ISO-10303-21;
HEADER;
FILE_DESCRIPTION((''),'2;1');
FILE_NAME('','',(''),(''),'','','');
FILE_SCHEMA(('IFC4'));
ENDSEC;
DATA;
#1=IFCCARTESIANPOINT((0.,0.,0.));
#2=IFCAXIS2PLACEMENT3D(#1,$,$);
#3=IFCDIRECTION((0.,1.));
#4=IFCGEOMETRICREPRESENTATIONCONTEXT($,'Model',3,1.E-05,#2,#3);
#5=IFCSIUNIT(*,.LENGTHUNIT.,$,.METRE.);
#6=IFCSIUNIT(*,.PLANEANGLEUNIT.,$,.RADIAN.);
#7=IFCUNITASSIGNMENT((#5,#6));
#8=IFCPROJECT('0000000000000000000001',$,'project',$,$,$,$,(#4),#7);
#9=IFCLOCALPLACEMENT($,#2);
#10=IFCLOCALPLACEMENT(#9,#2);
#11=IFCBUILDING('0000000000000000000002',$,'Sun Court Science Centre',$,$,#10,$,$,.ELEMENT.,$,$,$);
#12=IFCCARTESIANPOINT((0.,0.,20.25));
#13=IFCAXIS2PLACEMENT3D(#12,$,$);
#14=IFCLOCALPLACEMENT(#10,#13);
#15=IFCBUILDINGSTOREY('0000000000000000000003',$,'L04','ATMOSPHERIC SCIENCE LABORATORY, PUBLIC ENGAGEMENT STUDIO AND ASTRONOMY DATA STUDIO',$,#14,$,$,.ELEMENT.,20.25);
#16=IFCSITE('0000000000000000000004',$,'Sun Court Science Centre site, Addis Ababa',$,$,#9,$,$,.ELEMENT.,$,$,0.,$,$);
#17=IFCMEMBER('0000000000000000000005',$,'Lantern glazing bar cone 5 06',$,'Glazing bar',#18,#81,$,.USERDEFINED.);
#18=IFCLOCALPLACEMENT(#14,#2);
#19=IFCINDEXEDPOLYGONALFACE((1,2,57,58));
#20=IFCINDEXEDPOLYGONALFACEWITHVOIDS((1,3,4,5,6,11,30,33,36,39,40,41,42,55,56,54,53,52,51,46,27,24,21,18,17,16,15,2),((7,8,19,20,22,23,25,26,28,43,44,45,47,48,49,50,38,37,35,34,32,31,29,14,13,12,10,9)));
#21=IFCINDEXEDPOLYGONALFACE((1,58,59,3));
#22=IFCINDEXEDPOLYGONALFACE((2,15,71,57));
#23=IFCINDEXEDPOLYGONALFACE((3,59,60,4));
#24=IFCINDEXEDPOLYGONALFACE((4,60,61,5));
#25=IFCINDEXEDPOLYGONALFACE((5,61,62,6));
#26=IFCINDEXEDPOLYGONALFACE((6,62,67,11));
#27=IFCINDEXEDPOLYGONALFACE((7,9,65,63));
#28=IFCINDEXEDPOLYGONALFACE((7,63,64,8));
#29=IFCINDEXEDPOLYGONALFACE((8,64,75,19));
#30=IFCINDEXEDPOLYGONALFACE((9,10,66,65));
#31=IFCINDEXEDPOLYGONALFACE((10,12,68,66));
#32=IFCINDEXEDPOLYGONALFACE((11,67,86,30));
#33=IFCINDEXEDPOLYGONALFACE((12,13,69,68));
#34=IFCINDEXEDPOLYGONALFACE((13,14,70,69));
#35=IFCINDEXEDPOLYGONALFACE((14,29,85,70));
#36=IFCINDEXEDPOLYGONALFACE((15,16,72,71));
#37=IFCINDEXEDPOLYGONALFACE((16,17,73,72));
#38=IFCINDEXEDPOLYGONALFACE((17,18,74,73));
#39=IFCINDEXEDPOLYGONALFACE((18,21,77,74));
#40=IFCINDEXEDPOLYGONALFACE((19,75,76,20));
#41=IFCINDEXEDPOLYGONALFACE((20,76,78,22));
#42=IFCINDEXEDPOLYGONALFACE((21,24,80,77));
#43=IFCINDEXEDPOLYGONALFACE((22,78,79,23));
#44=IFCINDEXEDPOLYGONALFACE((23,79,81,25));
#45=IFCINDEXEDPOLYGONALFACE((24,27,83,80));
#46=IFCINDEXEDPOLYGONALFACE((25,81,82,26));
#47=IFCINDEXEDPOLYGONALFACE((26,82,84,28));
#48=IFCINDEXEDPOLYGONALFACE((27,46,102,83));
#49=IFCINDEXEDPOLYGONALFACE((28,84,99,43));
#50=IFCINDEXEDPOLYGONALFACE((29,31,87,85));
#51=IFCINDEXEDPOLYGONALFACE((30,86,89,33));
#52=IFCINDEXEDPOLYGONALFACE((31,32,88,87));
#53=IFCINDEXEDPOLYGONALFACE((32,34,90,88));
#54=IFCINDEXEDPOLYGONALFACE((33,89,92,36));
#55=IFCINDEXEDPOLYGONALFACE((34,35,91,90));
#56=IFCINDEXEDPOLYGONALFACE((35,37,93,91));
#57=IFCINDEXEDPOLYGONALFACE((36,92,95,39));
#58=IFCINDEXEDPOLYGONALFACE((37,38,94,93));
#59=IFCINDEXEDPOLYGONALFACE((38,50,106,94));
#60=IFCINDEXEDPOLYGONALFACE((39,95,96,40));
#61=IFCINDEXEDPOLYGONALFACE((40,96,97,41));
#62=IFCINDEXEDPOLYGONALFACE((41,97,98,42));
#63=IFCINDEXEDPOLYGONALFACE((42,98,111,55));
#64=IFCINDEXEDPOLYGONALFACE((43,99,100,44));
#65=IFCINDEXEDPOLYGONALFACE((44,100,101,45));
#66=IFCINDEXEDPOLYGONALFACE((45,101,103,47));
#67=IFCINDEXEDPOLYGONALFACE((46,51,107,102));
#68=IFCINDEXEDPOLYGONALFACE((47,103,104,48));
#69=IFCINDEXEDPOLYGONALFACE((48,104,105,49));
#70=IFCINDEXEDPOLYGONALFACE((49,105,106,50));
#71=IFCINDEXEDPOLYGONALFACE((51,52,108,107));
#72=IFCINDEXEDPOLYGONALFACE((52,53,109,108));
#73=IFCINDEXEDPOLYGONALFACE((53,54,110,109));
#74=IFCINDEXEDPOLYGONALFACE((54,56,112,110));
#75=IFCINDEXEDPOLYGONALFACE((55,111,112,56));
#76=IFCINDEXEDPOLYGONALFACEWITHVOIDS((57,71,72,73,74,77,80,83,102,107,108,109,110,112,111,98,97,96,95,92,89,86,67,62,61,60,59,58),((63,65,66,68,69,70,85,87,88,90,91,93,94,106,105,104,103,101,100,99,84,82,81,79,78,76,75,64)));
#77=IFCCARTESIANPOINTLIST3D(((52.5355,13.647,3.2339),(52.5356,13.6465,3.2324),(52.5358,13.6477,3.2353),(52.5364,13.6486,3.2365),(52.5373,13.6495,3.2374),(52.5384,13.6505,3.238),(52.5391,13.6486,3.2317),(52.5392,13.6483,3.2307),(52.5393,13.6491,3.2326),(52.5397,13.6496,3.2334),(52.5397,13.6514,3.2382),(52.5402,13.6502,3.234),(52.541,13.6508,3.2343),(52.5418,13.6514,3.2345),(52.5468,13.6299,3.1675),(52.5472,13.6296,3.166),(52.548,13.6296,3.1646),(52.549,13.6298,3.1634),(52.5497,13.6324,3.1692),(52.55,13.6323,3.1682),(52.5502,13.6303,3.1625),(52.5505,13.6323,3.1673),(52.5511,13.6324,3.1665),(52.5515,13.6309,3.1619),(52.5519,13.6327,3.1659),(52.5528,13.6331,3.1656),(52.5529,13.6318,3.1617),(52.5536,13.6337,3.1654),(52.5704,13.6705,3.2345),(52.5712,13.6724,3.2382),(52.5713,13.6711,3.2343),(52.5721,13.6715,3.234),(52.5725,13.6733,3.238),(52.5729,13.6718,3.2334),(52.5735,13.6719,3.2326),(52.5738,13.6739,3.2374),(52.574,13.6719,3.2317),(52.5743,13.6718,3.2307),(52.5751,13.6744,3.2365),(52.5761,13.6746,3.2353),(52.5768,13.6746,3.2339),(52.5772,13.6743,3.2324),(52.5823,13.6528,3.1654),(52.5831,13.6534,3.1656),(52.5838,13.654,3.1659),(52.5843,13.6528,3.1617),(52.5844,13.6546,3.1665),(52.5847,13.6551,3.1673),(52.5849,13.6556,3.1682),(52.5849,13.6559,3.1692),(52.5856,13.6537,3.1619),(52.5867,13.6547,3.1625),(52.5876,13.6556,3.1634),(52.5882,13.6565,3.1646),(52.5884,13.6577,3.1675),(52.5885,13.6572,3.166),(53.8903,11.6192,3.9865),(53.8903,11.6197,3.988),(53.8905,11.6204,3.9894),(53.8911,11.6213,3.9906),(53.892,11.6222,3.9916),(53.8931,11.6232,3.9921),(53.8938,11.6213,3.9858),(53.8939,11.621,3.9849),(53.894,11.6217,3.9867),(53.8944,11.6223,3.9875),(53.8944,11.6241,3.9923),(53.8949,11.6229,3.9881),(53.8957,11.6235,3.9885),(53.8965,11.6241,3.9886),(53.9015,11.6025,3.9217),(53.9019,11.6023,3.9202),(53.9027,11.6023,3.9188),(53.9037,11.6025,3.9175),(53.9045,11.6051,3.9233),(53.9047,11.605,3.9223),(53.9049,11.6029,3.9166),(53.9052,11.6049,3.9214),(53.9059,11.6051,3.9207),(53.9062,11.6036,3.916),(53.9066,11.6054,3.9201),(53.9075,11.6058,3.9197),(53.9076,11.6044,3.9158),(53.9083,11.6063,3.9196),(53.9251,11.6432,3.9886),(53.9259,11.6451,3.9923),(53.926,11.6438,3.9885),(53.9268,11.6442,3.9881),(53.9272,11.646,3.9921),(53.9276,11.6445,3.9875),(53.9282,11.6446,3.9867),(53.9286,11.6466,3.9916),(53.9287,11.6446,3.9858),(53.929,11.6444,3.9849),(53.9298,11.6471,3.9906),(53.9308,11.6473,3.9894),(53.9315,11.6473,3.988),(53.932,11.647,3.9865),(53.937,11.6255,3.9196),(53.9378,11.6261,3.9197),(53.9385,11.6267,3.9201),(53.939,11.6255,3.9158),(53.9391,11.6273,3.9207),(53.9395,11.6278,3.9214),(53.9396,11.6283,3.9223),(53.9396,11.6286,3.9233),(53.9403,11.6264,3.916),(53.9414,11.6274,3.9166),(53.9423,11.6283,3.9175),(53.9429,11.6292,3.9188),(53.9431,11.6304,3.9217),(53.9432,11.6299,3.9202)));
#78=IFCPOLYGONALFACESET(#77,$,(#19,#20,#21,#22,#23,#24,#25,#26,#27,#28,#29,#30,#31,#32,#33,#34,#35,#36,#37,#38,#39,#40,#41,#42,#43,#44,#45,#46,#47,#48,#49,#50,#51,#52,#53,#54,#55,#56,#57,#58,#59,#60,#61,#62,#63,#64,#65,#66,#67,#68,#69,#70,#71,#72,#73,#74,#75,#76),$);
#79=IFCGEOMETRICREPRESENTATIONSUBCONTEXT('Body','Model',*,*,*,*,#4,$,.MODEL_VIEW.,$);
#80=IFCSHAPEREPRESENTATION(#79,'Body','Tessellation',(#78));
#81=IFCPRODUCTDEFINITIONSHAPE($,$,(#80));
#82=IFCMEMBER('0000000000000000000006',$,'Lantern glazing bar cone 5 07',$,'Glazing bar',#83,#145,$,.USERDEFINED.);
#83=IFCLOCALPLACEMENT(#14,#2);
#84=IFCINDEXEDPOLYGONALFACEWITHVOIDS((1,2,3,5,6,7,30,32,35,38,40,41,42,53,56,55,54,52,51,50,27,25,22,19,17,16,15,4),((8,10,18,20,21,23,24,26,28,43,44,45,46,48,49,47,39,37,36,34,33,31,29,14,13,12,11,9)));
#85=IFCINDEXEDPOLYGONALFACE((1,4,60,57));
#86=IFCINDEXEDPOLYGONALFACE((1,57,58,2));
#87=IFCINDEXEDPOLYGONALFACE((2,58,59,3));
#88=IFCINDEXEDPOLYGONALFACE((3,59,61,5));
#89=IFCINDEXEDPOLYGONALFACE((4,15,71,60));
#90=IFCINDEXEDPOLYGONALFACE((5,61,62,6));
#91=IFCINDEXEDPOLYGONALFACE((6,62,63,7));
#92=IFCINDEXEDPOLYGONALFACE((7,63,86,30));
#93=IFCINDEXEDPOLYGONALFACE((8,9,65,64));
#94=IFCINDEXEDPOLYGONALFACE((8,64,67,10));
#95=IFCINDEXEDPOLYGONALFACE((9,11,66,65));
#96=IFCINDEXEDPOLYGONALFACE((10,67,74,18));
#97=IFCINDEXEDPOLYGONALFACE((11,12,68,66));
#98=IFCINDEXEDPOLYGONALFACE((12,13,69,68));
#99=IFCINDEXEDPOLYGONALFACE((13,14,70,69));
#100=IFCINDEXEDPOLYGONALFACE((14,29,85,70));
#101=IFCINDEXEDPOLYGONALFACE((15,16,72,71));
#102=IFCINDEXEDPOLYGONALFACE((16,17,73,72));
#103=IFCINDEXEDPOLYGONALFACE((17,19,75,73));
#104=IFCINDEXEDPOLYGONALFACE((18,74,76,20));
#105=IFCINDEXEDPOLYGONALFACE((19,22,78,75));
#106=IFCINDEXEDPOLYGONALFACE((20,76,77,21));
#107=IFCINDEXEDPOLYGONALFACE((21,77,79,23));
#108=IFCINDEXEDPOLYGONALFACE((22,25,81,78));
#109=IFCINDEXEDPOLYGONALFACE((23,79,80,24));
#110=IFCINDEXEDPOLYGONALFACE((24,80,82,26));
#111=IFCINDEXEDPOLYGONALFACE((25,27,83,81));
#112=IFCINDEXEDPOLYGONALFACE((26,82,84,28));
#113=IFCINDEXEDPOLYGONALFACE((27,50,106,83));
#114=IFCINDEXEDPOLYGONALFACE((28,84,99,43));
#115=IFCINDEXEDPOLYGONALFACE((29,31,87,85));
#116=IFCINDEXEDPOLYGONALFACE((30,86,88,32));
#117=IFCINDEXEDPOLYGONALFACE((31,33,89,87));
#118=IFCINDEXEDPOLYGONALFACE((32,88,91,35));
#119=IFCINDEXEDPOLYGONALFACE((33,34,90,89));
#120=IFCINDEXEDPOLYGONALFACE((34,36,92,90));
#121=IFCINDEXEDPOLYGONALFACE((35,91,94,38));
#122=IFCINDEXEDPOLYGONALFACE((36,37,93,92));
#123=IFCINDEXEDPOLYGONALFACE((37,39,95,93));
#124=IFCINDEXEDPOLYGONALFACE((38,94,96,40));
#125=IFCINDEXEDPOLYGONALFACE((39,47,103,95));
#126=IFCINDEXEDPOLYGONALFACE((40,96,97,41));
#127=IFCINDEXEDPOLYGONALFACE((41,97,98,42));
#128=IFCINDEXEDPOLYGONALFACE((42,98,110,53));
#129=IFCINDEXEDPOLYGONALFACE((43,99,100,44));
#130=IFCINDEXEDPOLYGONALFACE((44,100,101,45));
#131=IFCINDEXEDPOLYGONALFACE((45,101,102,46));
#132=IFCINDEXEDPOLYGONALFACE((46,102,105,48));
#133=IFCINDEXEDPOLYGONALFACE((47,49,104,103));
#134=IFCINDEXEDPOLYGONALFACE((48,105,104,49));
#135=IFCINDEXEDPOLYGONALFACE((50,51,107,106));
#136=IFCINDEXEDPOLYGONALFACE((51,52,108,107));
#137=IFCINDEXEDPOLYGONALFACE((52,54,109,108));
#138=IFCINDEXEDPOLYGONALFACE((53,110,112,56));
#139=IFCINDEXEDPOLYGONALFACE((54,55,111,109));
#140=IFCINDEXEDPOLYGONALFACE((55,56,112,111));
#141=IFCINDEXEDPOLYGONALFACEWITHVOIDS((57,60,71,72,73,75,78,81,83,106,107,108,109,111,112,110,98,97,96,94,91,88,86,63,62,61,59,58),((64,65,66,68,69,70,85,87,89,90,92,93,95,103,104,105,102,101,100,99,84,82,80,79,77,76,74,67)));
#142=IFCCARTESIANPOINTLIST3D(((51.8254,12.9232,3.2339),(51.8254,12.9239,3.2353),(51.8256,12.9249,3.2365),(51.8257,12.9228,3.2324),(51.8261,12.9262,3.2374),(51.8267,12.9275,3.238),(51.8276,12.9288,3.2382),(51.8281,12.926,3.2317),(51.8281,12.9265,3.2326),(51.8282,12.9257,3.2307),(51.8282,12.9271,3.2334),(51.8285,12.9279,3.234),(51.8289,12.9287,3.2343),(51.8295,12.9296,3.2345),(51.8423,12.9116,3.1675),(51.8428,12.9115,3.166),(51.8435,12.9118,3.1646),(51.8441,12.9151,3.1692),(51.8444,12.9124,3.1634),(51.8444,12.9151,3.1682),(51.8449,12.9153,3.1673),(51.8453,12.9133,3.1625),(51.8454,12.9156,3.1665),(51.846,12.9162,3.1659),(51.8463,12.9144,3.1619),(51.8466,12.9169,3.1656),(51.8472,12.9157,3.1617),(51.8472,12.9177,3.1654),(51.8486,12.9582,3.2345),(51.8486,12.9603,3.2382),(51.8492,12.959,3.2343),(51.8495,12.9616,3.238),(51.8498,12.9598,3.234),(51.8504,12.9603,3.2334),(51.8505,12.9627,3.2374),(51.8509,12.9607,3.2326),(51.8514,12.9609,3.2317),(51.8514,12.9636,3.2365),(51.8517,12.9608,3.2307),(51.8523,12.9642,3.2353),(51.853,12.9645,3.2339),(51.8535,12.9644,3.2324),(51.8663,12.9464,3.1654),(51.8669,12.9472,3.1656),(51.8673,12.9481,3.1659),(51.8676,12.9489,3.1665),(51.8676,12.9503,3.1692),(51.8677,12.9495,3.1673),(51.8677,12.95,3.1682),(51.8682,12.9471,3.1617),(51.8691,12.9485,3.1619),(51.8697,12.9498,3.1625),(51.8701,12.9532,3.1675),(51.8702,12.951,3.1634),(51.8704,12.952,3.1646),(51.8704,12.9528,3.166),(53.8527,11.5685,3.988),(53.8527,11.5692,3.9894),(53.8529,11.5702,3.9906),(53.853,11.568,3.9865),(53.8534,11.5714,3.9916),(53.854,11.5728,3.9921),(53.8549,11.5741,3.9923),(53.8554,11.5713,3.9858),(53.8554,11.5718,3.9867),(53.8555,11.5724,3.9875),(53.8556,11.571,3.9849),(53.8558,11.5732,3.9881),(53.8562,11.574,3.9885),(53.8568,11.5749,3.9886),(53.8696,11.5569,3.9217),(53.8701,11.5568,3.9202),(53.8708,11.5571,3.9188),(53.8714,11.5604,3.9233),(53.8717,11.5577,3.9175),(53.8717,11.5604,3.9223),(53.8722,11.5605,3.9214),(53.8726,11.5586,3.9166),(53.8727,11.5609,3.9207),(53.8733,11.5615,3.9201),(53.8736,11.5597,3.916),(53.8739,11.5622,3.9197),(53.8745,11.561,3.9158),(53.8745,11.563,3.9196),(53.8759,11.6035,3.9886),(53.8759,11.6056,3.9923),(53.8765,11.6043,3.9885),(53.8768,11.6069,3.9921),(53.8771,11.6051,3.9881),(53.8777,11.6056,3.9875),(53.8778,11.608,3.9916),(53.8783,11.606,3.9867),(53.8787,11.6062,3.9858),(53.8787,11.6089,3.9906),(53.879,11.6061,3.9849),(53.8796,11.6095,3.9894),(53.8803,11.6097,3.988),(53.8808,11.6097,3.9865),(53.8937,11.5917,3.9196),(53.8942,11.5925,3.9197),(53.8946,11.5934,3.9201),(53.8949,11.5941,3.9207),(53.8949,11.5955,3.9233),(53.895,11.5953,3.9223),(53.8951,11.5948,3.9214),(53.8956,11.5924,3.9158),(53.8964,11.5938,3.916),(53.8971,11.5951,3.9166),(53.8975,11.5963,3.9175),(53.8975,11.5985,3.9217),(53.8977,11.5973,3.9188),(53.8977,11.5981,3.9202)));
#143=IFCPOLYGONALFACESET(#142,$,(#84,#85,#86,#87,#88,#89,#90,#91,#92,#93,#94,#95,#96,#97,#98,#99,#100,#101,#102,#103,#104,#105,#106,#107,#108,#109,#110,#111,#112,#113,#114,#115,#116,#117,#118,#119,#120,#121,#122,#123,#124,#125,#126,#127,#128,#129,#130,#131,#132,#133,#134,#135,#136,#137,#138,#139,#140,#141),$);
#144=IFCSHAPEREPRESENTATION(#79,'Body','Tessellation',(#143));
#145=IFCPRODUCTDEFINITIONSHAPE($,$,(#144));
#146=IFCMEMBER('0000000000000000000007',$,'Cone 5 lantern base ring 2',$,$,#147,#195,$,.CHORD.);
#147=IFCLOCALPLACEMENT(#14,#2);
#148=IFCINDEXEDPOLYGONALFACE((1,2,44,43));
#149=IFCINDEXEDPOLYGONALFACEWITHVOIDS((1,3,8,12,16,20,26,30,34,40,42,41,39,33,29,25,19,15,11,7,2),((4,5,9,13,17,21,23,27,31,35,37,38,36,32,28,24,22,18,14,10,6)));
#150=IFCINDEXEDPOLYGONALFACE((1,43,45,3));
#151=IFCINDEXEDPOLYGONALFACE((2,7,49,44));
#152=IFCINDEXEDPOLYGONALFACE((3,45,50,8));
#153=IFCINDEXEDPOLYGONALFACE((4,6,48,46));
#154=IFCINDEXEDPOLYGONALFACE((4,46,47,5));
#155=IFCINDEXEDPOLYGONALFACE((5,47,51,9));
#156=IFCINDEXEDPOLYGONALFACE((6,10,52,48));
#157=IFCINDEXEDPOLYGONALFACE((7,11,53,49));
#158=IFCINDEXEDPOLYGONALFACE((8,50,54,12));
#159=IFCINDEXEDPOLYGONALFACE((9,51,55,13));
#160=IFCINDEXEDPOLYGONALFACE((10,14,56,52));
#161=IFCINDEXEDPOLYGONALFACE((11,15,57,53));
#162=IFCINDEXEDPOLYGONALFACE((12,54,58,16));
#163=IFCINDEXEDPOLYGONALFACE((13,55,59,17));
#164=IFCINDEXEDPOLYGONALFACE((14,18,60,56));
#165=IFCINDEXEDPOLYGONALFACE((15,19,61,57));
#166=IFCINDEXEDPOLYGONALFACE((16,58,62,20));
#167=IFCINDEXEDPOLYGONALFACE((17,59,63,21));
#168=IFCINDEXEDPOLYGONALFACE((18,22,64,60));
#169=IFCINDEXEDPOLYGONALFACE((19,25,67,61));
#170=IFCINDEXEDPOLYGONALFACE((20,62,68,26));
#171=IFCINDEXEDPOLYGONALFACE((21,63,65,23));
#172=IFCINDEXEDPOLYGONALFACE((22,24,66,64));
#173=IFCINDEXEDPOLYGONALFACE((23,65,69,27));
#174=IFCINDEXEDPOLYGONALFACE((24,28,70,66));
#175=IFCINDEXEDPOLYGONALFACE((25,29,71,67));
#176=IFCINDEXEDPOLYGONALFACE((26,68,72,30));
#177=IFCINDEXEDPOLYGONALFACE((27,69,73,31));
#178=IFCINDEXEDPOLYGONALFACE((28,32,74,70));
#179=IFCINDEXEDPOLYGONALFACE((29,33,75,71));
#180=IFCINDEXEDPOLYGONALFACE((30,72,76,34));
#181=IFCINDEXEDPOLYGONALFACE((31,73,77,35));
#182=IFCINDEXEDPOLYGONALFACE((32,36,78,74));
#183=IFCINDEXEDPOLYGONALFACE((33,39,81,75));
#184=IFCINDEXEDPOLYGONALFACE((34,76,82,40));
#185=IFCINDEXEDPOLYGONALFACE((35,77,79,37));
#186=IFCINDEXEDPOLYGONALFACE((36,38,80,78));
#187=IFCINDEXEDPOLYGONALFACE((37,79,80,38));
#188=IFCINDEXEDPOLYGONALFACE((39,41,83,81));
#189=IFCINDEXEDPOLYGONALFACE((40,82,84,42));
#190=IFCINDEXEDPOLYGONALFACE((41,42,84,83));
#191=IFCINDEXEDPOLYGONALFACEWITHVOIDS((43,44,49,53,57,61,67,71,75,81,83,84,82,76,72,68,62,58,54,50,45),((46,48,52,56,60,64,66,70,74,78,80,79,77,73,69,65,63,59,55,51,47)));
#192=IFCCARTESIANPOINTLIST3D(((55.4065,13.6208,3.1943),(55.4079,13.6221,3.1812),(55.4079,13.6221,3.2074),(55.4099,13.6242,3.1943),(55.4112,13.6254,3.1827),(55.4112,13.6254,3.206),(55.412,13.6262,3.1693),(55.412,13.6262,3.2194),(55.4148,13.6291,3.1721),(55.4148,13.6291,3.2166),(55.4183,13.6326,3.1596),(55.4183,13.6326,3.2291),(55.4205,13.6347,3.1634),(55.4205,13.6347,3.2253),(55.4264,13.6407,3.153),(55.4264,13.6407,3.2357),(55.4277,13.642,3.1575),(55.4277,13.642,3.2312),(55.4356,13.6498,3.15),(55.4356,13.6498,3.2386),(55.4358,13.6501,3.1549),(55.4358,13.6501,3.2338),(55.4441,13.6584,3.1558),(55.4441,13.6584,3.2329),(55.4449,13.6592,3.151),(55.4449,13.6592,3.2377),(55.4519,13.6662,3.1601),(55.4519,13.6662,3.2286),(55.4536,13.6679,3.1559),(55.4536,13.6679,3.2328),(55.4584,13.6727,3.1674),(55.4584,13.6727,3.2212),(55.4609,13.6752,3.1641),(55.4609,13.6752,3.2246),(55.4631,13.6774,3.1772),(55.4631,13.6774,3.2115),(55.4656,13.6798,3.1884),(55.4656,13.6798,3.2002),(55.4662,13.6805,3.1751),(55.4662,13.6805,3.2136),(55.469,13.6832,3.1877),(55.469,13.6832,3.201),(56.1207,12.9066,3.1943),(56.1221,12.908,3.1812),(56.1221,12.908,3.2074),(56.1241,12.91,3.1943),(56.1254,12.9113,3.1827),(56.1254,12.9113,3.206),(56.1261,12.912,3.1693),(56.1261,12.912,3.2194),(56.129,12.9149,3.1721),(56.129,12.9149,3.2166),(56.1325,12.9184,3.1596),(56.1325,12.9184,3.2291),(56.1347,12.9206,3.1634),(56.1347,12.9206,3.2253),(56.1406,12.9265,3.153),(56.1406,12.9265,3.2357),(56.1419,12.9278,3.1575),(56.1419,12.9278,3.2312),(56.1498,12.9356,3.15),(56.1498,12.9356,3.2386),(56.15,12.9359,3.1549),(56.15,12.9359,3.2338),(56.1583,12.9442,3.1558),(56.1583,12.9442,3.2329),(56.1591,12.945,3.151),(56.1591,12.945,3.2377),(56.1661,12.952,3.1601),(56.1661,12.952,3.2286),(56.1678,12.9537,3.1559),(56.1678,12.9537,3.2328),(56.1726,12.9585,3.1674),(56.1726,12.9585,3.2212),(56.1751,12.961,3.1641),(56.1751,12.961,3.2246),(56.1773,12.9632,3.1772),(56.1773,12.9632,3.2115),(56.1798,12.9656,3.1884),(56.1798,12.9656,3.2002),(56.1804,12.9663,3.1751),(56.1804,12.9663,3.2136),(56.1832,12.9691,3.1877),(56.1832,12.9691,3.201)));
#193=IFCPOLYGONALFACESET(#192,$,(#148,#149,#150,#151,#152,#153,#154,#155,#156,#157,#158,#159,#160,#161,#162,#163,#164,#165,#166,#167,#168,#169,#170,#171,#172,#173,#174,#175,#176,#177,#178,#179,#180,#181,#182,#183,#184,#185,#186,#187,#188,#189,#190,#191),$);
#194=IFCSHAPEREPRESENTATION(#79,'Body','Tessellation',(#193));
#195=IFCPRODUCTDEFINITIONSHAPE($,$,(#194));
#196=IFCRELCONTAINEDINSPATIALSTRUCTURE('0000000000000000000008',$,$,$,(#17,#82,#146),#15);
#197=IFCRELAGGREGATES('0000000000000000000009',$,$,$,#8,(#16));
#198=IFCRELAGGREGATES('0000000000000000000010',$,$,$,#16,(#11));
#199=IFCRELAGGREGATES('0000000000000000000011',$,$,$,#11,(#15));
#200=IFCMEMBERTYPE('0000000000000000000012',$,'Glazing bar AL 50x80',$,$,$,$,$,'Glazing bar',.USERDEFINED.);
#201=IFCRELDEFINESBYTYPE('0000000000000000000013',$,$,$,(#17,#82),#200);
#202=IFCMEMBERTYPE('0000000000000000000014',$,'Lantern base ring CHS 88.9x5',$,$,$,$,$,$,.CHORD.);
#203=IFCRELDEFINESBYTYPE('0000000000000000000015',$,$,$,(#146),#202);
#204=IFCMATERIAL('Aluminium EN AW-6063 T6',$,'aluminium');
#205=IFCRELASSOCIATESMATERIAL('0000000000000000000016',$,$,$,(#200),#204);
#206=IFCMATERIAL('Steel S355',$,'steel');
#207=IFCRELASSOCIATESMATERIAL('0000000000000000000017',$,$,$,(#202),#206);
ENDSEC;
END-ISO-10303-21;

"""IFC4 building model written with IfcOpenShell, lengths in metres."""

from ifc_helpers import new_model, si_unit, direction, frame, origin, origin_2d, place, context, subcontext, project, spatial, hollow_rectangle, hollow_circle, extrude, material, material_profile, profile_set, type_object, element, save


model = new_model("IFC4")

# Units and contexts
model_context = context("Model", 3, precision=1e-05, world=origin(), true_north=direction((0.0, 1.0)))
body_context = subcontext(model_context, "Body", "Model", "MODEL_VIEW")
ifc_project = project(units=[si_unit("LENGTHUNIT", "METRE"), si_unit("PLANEANGLEUNIT", "RADIAN")], contexts=[model_context])

# Site, building, storey
site_placement = place(None, origin())
site = spatial("IfcSite", under=ifc_project, at=site_placement, Name="Sun Court Science Centre site, Addis Ababa", CompositionType="ELEMENT", RefElevation=0.0)
building_placement = place(site_placement, origin())
building = spatial("IfcBuilding", under=site, at=building_placement, Name="Sun Court Science Centre", CompositionType="ELEMENT")
storey_placement = place(building_placement, frame((0.0, 0.0, 20.25)))
storey = spatial("IfcBuildingStorey", under=building, at=storey_placement, Name="L04", Description="ATMOSPHERIC SCIENCE LABORATORY, PUBLIC ENGAGEMENT STUDIO AND ASTRONOMY DATA STUDIO", CompositionType="ELEMENT", Elevation=20.25)

# Members
ifc_material_1 = material(Name="Aluminium EN AW-6063 T6", Category="aluminium")
ifc_material_profile_1 = material_profile(ifc_material_1, hollow_rectangle(XDim=0.05, YDim=0.0801, WallThickness=0.0039, InnerFilletRadius=0.0039, OuterFilletRadius=0.0061, at=origin_2d()), Name="AL 50x80x4")
ifc_profile_set_1 = profile_set([ifc_material_profile_1], Name="Aluminium EN AW-6063 T6")
member_type_1 = type_object("IfcMemberType", Name="Glazing bar AL 50x80", ElementType="Glazing bar", PredefinedType="USERDEFINED", material=ifc_profile_set_1)
for number, where, z_axis, x_axis, name in (
    (1, (52.562, 13.6521, 3.2), (0.530793, -0.794324, 0.29548), (0.831449, 0.555601, 0.0), "Lantern glazing bar cone 5 06"),
    (2, (51.8479, 12.938, 3.2), (0.794324, -0.530793, 0.29548), (0.555601, 0.831449, 0.0), "Lantern glazing bar cone 5 07"),
):
    element("IfcMember", number, at=place(storey_placement, frame(where, z_axis=z_axis, x_axis=x_axis)), inside=storey, type_object=member_type_1, Name=name, ObjectType="Glazing bar", PredefinedType="USERDEFINED", context=body_context, shape_type="SweptSolid", body=[
        extrude(hollow_rectangle(XDim=0.05, YDim=0.0801, WallThickness=0.0039, InnerFilletRadius=0.0039, OuterFilletRadius=0.0061, at=origin_2d()), origin(), (0.0, 0.0, 1.0), 2.5522),
    ])
ifc_material_2 = material(Name="Steel S355", Category="steel")
ifc_material_profile_2 = material_profile(ifc_material_2, hollow_circle(Radius=0.0444, WallThickness=0.0049, at=origin_2d()), Name="CHS 88.9x5")
ifc_profile_set_2 = profile_set([ifc_material_profile_2], Name="Steel S355")
member_type_2 = type_object("IfcMemberType", Name="Lantern base ring CHS 88.9x5", PredefinedType="CHORD", material=ifc_profile_set_2)
for number, where, z_axis, x_axis, name in (
    (3, (56.1521, 12.938, 3.1943), (-0.707107, 0.707107, 0.0), (-0.707107, -0.707107, 0.0), "Cone 5 lantern base ring 2"),
):
    element("IfcMember", number, at=place(storey_placement, frame(where, z_axis=z_axis, x_axis=x_axis)), inside=storey, type_object=member_type_2, Name=name, PredefinedType="CHORD", context=body_context, shape_type="SweptSolid", body=[
        extrude(hollow_circle(Radius=0.0444, WallThickness=0.0049, at=origin_2d()), origin(), (0.0, 0.0, 1.0), 1.01),
    ])

save(model, "model.ifc")
